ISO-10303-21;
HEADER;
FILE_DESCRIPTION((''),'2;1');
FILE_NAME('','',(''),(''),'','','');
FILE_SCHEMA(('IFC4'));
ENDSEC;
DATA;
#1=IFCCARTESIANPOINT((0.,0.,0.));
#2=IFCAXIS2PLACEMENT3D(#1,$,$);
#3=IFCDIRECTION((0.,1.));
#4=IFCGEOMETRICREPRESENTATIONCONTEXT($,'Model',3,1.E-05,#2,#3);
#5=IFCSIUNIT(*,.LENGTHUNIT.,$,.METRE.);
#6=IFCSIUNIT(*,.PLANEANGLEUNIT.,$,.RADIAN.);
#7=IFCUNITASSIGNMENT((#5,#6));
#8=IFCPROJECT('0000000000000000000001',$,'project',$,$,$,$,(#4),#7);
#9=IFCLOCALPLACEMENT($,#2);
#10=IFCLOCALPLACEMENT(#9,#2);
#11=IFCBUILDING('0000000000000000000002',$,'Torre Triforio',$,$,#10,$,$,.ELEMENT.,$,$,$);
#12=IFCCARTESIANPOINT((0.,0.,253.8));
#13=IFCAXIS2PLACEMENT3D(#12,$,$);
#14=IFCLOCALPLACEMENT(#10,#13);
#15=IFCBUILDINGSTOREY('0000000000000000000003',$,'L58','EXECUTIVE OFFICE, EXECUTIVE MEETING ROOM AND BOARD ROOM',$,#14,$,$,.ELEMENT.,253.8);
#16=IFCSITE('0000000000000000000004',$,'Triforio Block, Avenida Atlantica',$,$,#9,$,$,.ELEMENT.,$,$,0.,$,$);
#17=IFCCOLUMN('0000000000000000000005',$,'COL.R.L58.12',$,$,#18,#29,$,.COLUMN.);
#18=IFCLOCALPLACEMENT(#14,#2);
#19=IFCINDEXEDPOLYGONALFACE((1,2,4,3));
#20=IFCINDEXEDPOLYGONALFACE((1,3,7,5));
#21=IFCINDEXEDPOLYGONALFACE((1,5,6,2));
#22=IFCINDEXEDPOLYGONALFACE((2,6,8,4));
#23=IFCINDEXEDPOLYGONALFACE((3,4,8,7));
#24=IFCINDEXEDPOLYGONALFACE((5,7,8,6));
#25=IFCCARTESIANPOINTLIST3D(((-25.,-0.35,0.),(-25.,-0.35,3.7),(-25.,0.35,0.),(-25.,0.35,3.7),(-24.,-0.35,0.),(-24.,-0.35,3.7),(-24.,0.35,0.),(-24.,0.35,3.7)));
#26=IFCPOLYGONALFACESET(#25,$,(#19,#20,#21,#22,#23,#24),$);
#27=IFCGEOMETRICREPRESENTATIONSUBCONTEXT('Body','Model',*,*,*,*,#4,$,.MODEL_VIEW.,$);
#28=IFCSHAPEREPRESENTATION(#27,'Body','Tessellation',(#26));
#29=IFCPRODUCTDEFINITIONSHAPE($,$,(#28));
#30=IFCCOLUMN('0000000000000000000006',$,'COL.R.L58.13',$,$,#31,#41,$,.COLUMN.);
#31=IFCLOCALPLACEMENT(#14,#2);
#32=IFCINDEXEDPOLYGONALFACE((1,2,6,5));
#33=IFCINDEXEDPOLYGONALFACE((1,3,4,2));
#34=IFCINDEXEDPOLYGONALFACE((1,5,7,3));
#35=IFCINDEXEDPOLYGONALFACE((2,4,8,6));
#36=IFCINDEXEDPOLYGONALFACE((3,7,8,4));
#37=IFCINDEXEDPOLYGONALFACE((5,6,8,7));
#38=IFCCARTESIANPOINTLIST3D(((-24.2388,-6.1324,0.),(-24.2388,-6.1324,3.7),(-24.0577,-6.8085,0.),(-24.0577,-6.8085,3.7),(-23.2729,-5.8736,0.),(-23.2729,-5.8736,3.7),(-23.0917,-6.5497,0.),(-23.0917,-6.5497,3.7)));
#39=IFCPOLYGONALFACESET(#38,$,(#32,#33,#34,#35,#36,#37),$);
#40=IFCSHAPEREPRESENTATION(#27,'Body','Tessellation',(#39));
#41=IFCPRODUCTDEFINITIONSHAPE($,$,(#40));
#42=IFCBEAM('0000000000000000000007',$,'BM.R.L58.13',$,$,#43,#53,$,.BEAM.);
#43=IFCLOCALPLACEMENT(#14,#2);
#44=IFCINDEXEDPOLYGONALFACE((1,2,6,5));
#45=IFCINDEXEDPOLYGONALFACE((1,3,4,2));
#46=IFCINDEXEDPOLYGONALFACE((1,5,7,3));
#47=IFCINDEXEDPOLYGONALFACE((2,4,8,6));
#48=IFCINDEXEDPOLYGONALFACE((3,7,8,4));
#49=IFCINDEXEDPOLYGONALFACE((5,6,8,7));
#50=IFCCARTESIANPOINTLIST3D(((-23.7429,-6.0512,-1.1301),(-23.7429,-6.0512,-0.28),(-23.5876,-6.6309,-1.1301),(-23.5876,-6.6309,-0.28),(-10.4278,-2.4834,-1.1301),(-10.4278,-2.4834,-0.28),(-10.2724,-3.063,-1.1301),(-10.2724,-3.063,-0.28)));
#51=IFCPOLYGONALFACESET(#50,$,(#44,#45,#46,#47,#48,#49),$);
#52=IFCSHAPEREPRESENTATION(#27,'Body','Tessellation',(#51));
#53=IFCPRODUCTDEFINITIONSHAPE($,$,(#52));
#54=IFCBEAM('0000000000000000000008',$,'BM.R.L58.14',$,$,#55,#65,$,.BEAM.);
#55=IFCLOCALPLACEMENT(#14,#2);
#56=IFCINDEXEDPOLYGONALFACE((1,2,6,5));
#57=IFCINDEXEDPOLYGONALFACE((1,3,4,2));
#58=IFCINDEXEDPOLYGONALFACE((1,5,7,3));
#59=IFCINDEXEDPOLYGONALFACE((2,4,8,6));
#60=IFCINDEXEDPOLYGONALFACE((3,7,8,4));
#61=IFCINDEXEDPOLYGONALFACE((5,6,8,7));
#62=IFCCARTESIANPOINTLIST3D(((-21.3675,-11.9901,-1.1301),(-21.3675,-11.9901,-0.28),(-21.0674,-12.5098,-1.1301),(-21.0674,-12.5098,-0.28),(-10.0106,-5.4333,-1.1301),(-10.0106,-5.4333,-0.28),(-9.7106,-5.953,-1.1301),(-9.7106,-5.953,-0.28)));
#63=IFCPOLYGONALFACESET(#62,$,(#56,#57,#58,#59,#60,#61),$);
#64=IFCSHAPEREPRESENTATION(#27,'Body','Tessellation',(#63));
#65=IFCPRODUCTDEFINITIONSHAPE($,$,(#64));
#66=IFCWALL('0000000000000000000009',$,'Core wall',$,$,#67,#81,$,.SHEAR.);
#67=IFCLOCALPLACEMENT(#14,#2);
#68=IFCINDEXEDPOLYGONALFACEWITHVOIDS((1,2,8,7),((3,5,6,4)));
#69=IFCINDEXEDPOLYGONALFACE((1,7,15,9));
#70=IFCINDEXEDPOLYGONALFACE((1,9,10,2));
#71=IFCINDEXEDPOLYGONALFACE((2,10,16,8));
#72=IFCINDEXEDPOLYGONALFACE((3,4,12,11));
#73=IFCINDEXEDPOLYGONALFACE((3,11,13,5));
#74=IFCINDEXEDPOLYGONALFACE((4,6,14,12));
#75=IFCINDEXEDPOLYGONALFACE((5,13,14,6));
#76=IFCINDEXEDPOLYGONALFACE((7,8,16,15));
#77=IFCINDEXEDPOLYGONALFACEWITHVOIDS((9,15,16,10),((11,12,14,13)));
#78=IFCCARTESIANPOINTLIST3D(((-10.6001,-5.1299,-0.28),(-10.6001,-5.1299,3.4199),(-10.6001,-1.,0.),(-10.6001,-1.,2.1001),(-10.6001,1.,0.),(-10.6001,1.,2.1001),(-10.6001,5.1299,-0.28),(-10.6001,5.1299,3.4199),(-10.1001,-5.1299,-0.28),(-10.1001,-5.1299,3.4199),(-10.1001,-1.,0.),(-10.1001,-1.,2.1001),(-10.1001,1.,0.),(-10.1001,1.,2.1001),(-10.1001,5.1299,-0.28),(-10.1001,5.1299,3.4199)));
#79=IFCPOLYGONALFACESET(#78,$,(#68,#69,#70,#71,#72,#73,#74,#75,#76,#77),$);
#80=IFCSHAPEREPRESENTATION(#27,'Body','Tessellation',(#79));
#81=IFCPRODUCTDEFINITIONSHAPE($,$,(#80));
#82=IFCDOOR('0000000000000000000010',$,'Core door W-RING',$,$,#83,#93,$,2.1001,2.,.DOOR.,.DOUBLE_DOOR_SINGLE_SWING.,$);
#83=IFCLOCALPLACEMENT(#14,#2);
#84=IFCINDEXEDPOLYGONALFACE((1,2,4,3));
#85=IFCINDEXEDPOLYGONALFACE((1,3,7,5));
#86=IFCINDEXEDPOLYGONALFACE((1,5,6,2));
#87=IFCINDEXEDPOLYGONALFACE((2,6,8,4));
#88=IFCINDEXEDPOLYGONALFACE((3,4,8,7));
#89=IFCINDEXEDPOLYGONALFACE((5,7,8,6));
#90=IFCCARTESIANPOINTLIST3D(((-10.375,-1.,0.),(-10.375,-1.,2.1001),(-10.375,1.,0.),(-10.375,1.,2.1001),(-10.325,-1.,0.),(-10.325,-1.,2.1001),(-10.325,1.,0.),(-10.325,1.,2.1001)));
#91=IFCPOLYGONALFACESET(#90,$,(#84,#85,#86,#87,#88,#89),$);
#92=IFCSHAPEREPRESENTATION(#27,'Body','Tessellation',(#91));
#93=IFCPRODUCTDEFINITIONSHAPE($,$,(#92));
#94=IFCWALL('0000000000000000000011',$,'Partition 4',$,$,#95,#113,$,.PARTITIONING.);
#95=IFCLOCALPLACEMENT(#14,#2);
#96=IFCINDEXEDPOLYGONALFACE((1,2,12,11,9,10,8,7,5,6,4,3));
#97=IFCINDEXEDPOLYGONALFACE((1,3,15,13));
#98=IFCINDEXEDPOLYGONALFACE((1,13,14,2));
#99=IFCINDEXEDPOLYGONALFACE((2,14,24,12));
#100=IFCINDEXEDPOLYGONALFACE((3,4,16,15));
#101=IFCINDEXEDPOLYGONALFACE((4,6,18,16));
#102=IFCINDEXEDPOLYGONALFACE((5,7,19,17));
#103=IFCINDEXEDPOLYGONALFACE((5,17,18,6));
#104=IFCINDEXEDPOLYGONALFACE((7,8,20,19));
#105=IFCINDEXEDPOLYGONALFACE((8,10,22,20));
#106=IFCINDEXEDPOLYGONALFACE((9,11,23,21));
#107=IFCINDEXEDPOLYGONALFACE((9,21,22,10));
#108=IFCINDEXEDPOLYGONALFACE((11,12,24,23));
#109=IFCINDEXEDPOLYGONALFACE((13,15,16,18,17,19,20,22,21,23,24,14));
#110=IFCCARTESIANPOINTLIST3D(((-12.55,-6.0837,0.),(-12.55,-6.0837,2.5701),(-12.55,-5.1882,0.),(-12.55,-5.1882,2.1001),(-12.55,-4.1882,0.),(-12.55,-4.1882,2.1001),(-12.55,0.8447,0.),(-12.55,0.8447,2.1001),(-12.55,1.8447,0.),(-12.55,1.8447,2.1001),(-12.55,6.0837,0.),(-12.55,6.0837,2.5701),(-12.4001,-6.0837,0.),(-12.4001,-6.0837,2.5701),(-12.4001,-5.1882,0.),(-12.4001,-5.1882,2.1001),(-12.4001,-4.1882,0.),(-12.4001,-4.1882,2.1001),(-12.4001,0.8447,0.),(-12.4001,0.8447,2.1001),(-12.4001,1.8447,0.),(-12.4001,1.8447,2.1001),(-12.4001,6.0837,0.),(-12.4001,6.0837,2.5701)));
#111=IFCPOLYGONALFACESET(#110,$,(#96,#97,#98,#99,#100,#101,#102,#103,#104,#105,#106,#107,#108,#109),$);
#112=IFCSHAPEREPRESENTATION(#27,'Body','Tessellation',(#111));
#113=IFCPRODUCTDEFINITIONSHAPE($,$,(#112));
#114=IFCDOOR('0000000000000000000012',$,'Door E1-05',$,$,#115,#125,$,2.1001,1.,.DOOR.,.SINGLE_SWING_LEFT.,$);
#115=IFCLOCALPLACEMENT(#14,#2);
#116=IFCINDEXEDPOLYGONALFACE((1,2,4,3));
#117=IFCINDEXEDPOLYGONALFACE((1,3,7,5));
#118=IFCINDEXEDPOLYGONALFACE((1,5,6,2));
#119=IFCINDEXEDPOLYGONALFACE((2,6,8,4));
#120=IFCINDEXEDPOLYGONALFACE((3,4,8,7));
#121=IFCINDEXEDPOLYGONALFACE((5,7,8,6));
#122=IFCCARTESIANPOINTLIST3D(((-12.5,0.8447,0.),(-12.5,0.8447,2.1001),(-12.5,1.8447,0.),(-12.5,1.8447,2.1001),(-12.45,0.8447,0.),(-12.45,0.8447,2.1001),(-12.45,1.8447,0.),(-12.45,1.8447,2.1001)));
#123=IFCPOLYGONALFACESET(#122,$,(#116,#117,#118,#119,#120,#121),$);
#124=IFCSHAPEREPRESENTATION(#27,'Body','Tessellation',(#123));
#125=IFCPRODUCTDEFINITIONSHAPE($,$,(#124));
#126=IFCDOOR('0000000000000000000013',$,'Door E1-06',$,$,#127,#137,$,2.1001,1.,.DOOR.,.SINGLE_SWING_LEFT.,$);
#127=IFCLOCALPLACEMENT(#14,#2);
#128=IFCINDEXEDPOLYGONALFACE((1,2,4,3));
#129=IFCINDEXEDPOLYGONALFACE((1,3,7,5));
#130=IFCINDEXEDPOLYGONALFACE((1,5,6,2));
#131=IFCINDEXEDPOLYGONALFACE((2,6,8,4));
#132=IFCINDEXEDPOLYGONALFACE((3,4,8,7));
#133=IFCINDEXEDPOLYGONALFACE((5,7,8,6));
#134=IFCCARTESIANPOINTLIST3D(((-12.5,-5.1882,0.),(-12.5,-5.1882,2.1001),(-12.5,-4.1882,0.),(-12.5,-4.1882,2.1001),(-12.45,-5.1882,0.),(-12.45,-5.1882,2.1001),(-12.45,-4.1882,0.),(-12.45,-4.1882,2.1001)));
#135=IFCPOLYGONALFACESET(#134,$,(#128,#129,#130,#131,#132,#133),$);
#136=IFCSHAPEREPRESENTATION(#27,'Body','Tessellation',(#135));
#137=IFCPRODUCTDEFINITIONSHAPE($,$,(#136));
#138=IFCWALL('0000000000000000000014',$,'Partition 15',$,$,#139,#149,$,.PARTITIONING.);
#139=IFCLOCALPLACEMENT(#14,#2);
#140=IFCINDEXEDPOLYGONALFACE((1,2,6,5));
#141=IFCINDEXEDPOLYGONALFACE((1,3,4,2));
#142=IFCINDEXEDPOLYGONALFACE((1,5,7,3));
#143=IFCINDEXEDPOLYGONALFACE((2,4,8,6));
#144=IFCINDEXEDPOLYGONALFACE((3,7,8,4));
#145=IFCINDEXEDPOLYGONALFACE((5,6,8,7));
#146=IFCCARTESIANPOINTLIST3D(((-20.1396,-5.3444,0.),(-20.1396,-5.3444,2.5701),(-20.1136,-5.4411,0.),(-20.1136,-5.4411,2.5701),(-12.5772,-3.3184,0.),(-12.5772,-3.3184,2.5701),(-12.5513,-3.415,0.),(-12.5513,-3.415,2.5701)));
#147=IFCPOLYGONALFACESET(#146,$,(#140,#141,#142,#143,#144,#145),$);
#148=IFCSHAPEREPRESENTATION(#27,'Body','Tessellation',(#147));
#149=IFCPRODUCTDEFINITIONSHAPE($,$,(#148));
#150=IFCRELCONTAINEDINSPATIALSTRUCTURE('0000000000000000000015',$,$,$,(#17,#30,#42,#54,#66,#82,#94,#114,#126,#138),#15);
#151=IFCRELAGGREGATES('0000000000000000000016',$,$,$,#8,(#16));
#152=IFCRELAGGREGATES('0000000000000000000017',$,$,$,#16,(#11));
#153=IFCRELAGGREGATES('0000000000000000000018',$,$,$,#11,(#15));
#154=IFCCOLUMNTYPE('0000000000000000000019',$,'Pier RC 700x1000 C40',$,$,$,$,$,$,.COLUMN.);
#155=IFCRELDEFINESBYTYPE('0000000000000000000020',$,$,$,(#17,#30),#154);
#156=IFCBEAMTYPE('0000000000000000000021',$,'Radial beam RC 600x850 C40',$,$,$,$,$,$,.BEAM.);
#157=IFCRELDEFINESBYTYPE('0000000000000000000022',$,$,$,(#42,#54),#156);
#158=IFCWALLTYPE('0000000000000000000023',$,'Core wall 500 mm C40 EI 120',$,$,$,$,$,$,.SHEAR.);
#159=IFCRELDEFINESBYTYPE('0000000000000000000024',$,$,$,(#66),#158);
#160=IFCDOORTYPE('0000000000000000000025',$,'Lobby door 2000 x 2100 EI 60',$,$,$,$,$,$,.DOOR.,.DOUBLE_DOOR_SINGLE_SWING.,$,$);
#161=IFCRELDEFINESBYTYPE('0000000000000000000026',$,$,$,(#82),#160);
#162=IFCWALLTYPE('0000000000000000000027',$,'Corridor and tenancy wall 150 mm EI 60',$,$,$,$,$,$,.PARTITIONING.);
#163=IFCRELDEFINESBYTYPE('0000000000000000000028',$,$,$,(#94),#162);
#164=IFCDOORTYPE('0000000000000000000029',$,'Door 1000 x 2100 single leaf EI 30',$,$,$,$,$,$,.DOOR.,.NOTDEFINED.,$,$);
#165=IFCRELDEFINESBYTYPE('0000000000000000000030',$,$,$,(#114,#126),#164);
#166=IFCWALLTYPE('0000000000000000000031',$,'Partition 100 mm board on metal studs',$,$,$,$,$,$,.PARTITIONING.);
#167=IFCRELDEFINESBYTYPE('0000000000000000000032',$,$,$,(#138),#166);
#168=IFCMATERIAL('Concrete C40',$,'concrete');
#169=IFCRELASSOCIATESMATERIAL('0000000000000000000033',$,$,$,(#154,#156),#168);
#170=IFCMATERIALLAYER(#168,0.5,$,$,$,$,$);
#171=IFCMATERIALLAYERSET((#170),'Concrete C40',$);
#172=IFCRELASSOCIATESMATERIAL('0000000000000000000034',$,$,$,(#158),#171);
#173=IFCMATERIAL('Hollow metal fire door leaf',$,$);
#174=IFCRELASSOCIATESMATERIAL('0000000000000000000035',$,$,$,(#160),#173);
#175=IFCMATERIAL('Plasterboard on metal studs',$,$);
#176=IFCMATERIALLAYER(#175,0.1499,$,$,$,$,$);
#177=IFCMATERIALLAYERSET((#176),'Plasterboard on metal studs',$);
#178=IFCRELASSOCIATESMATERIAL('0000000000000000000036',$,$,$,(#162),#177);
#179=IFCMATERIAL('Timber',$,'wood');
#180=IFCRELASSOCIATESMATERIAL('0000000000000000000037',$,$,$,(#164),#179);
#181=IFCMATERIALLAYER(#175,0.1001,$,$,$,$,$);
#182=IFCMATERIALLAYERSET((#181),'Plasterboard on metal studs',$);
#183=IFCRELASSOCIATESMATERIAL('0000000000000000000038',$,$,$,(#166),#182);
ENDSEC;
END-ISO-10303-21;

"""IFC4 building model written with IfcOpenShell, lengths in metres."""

from ifc_helpers import new_model, si_unit, direction, frame, frame_2d, origin, origin_2d, place, context, subcontext, project, spatial, rectangle, extrude, material, layer, layer_set, material_profile, profile_set, type_object, element, fill, save


model = new_model("IFC4")

# Units and contexts
model_context = context("Model", 3, precision=1e-05, world=origin(), true_north=direction((0.0, 1.0)))
body_context = subcontext(model_context, "Body", "Model", "MODEL_VIEW")
ifc_project = project(units=[si_unit("LENGTHUNIT", "METRE"), si_unit("PLANEANGLEUNIT", "RADIAN")], contexts=[model_context])

# Site, building, storey
site_placement = place(None, origin())
site = spatial("IfcSite", under=ifc_project, at=site_placement, Name="Triforio Block, Avenida Atlantica", CompositionType="ELEMENT", RefElevation=0.0)
building_placement = place(site_placement, origin())
building = spatial("IfcBuilding", under=site, at=building_placement, Name="Torre Triforio", CompositionType="ELEMENT")
storey_placement = place(building_placement, frame((0.0, 0.0, 253.8)))
storey = spatial("IfcBuildingStorey", under=building, at=storey_placement, Name="L58", Description="EXECUTIVE OFFICE, EXECUTIVE MEETING ROOM AND BOARD ROOM", CompositionType="ELEMENT", Elevation=253.8)

# Columns
ifc_material_1 = material(Name="Concrete C40", Category="concrete")
ifc_material_profile_1 = material_profile(ifc_material_1, rectangle(XDim=0.7, YDim=1.0, at=origin_2d()), Name="RC 700x1000")
ifc_profile_set_1 = profile_set([ifc_material_profile_1], Name="Concrete C40")
column_type = type_object("IfcColumnType", Name="Pier RC 700x1000 C40", PredefinedType="COLUMN", material=ifc_profile_set_1)
for number, where, z_axis, x_axis, name in (
    (1, (-24.5, 0.0, 0.0), (0.0, 0.0, 1.0), (0.0, -1.0, 0.0), "COL.R.L58.12"),
    (2, (-23.6653, -6.3411, 0.0), (0.0, 0.0, 1.0), (0.258819, -0.965926, 0.0), "COL.R.L58.13"),
):
    element("IfcColumn", number, at=place(storey_placement, frame(where, z_axis=z_axis, x_axis=x_axis)), inside=storey, type_object=column_type, Name=name, PredefinedType="COLUMN", context=body_context, shape_type="SweptSolid", body=[
        extrude(rectangle(XDim=0.7, YDim=1.0, at=origin_2d()), origin(), (0.0, 0.0, 1.0), 3.7),
    ])

# Beams
ifc_material_profile_2 = material_profile(ifc_material_1, rectangle(XDim=0.6001, YDim=0.8501, at=origin_2d()), Name="RC 600x850")
ifc_profile_set_2 = profile_set([ifc_material_profile_2], Name="Concrete C40")
beam_type = type_object("IfcBeamType", Name="Radial beam RC 600x850 C40", PredefinedType="BEAM", material=ifc_profile_set_2)
beam_1_placement = place(storey_placement, frame((-10.3501, -2.7732, -0.7051), z_axis=(-0.965924, -0.258824, 0.0), x_axis=(0.258824, -0.965924, 0.0)))
element("IfcBeam", 3, at=beam_1_placement, inside=storey, type_object=beam_type, Name="BM.R.L58.13", PredefinedType="BEAM", context=body_context, shape_type="SweptSolid", body=[
    extrude(rectangle(XDim=0.6001, YDim=0.8501, at=origin_2d()), origin(), (0.0, 0.0, 1.0), 13.7849),
])
beam_2_placement = place(storey_placement, frame((-9.8606, -5.6931, -0.7051), z_axis=(-0.866027, -0.499997, 0.0), x_axis=(0.499997, -0.866027, 0.0)))
element("IfcBeam", 4, at=beam_2_placement, inside=storey, type_object=beam_type, Name="BM.R.L58.14", PredefinedType="BEAM", context=body_context, shape_type="SweptSolid", body=[
    extrude(rectangle(XDim=0.6001, YDim=0.8501, at=origin_2d()), origin(), (0.0, 0.0, 1.0), 13.1138),
])

# Wall, opening, door
ifc_layer_1 = layer(ifc_material_1, 0.5)
ifc_layer_set_1 = layer_set([ifc_layer_1], Name="Concrete C40")
wall_type_1 = type_object("IfcWallType", Name="Core wall 500 mm C40 EI 120", PredefinedType="SHEAR", material=ifc_layer_set_1)
wall_1_placement = place(storey_placement, frame((-10.3501, -5.1299, -0.28), z_axis=(0.0, 0.0, 1.0), x_axis=(0.0, 1.0, 0.0)))
wall_1 = element("IfcWall", 5, at=wall_1_placement, inside=storey, type_object=wall_type_1, Name="Core wall", PredefinedType="SHEAR", context=body_context, shape_type="SweptSolid", body=[
    extrude(rectangle(XDim=10.2598, YDim=0.5, at=frame_2d((5.1299, 0.0))), origin(), (0.0, 0.0, 1.0), 3.7),
])
opening_1_placement = place(wall_1_placement, frame((4.1299, 0.0, 0.28)))
opening_1 = element("IfcOpeningElement", 6, at=opening_1_placement, cuts=wall_1, PredefinedType="OPENING", context=body_context, shape_type="SweptSolid", body=[
    extrude(rectangle(XDim=2.0, YDim=2.1001, at=frame_2d((1.0, 1.05))), frame((0.0, 0.26, 0.0), z_axis=(0.0, -1.0, 0.0), x_axis=(1.0, 0.0, 0.0)), (0.0, 0.0, 1.0), 0.52),
])
ifc_material_2 = material(Name="Hollow metal fire door leaf")
door_type_1 = type_object("IfcDoorType", Name="Lobby door 2000 x 2100 EI 60", OperationType="DOUBLE_DOOR_SINGLE_SWING", PredefinedType="DOOR", material=ifc_material_2)
door_1_placement = place(opening_1_placement, origin())
door_1 = element("IfcDoor", 7, at=door_1_placement, inside=storey, type_object=door_type_1, Name="Core door W-RING", OperationType="DOUBLE_DOOR_SINGLE_SWING", OverallHeight=2.1001, OverallWidth=2.0, PredefinedType="DOOR", context=body_context, shape_type="SweptSolid", body=[
    extrude(rectangle(XDim=2.0, YDim=2.1001, at=frame_2d((1.0, 1.05))), frame((0.0, 0.0249, 0.0), z_axis=(0.0, -1.0, 0.0), x_axis=(1.0, 0.0, 0.0)), (0.0, 0.0, 1.0), 0.05),
])
fill(opening_1, door_1)

# Wall, openings, doors
ifc_material_3 = material(Name="Plasterboard on metal studs")
ifc_layer_2 = layer(ifc_material_3, 0.1499)
ifc_layer_set_2 = layer_set([ifc_layer_2], Name="Plasterboard on metal studs")
wall_type_2 = type_object("IfcWallType", Name="Corridor and tenancy wall 150 mm EI 60", PredefinedType="PARTITIONING", material=ifc_layer_set_2)
wall_2_placement = place(storey_placement, frame((-12.4751, -6.0837, 0.0), z_axis=(0.0, 0.0, 1.0), x_axis=(0.0, 1.0, 0.0)))
wall_2 = element("IfcWall", 8, at=wall_2_placement, inside=storey, type_object=wall_type_2, Name="Partition 4", PredefinedType="PARTITIONING", context=body_context, shape_type="SweptSolid", body=[
    extrude(rectangle(XDim=12.1675, YDim=0.1499, at=frame_2d((6.0837, 0.0))), origin(), (0.0, 0.0, 1.0), 2.5701),
])
opening_2_placement = place(wall_2_placement, frame((6.9285, 0.0, 0.0)))
opening_2 = element("IfcOpeningElement", 9, at=opening_2_placement, cuts=wall_2, PredefinedType="OPENING", context=body_context, shape_type="SweptSolid", body=[
    extrude(rectangle(XDim=1.0, YDim=2.1001, at=frame_2d((0.5, 1.05))), frame((0.0, 0.085, 0.0), z_axis=(0.0, -1.0, 0.0), x_axis=(1.0, 0.0, 0.0)), (0.0, 0.0, 1.0), 0.1699),
])
opening_3_placement = place(wall_2_placement, frame((0.8955, 0.0, 0.0)))
opening_3 = element("IfcOpeningElement", 10, at=opening_3_placement, cuts=wall_2, PredefinedType="OPENING", context=body_context, shape_type="SweptSolid", body=[
    extrude(rectangle(XDim=1.0, YDim=2.1001, at=frame_2d((0.5, 1.05))), frame((0.0, 0.085, 0.0), z_axis=(0.0, -1.0, 0.0), x_axis=(1.0, 0.0, 0.0)), (0.0, 0.0, 1.0), 0.1699),
])
ifc_material_4 = material(Name="Timber", Category="wood")
door_type_2 = type_object("IfcDoorType", Name="Door 1000 x 2100 single leaf EI 30", OperationType="NOTDEFINED", PredefinedType="DOOR", material=ifc_material_4)
door_2_placement = place(opening_2_placement, origin())
door_2 = element("IfcDoor", 11, at=door_2_placement, inside=storey, type_object=door_type_2, Name="Door E1-05", OperationType="SINGLE_SWING_LEFT", OverallHeight=2.1001, OverallWidth=1.0, PredefinedType="DOOR", context=body_context, shape_type="SweptSolid", body=[
    extrude(rectangle(XDim=1.0, YDim=2.1001, at=frame_2d((0.5, 1.05))), frame((0.0, 0.0249, 0.0), z_axis=(0.0, -1.0, 0.0), x_axis=(1.0, 0.0, 0.0)), (0.0, 0.0, 1.0), 0.05),
])
fill(opening_2, door_2)
door_3_placement = place(opening_3_placement, origin())
door_3 = element("IfcDoor", 12, at=door_3_placement, inside=storey, type_object=door_type_2, Name="Door E1-06", OperationType="SINGLE_SWING_LEFT", OverallHeight=2.1001, OverallWidth=1.0, PredefinedType="DOOR", context=body_context, shape_type="SweptSolid", body=[
    extrude(rectangle(XDim=1.0, YDim=2.1001, at=frame_2d((0.5, 1.05))), frame((0.0, 0.0249, 0.0), z_axis=(0.0, -1.0, 0.0), x_axis=(1.0, 0.0, 0.0)), (0.0, 0.0, 1.0), 0.05),
])
fill(opening_3, door_3)

# Wall
ifc_layer_3 = layer(ifc_material_3, 0.1001)
ifc_layer_set_3 = layer_set([ifc_layer_3], Name="Plasterboard on metal studs")
wall_type_3 = type_object("IfcWallType", Name="Partition 100 mm board on metal studs", PredefinedType="PARTITIONING", material=ifc_layer_set_3)
wall_3_placement = place(storey_placement, frame((-12.5642, -3.3667, 0.0), z_axis=(0.0, 0.0, 1.0), x_axis=(-0.965934, -0.25879, 0.0)))
element("IfcWall", 13, at=wall_3_placement, inside=storey, type_object=wall_type_3, Name="Partition 15", PredefinedType="PARTITIONING", context=body_context, shape_type="SweptSolid", body=[
    extrude(rectangle(XDim=7.8291, YDim=0.1001, at=frame_2d((3.9146, 0.0))), origin(), (0.0, 0.0, 1.0), 2.5701),
])

save(model, "model.ifc")
